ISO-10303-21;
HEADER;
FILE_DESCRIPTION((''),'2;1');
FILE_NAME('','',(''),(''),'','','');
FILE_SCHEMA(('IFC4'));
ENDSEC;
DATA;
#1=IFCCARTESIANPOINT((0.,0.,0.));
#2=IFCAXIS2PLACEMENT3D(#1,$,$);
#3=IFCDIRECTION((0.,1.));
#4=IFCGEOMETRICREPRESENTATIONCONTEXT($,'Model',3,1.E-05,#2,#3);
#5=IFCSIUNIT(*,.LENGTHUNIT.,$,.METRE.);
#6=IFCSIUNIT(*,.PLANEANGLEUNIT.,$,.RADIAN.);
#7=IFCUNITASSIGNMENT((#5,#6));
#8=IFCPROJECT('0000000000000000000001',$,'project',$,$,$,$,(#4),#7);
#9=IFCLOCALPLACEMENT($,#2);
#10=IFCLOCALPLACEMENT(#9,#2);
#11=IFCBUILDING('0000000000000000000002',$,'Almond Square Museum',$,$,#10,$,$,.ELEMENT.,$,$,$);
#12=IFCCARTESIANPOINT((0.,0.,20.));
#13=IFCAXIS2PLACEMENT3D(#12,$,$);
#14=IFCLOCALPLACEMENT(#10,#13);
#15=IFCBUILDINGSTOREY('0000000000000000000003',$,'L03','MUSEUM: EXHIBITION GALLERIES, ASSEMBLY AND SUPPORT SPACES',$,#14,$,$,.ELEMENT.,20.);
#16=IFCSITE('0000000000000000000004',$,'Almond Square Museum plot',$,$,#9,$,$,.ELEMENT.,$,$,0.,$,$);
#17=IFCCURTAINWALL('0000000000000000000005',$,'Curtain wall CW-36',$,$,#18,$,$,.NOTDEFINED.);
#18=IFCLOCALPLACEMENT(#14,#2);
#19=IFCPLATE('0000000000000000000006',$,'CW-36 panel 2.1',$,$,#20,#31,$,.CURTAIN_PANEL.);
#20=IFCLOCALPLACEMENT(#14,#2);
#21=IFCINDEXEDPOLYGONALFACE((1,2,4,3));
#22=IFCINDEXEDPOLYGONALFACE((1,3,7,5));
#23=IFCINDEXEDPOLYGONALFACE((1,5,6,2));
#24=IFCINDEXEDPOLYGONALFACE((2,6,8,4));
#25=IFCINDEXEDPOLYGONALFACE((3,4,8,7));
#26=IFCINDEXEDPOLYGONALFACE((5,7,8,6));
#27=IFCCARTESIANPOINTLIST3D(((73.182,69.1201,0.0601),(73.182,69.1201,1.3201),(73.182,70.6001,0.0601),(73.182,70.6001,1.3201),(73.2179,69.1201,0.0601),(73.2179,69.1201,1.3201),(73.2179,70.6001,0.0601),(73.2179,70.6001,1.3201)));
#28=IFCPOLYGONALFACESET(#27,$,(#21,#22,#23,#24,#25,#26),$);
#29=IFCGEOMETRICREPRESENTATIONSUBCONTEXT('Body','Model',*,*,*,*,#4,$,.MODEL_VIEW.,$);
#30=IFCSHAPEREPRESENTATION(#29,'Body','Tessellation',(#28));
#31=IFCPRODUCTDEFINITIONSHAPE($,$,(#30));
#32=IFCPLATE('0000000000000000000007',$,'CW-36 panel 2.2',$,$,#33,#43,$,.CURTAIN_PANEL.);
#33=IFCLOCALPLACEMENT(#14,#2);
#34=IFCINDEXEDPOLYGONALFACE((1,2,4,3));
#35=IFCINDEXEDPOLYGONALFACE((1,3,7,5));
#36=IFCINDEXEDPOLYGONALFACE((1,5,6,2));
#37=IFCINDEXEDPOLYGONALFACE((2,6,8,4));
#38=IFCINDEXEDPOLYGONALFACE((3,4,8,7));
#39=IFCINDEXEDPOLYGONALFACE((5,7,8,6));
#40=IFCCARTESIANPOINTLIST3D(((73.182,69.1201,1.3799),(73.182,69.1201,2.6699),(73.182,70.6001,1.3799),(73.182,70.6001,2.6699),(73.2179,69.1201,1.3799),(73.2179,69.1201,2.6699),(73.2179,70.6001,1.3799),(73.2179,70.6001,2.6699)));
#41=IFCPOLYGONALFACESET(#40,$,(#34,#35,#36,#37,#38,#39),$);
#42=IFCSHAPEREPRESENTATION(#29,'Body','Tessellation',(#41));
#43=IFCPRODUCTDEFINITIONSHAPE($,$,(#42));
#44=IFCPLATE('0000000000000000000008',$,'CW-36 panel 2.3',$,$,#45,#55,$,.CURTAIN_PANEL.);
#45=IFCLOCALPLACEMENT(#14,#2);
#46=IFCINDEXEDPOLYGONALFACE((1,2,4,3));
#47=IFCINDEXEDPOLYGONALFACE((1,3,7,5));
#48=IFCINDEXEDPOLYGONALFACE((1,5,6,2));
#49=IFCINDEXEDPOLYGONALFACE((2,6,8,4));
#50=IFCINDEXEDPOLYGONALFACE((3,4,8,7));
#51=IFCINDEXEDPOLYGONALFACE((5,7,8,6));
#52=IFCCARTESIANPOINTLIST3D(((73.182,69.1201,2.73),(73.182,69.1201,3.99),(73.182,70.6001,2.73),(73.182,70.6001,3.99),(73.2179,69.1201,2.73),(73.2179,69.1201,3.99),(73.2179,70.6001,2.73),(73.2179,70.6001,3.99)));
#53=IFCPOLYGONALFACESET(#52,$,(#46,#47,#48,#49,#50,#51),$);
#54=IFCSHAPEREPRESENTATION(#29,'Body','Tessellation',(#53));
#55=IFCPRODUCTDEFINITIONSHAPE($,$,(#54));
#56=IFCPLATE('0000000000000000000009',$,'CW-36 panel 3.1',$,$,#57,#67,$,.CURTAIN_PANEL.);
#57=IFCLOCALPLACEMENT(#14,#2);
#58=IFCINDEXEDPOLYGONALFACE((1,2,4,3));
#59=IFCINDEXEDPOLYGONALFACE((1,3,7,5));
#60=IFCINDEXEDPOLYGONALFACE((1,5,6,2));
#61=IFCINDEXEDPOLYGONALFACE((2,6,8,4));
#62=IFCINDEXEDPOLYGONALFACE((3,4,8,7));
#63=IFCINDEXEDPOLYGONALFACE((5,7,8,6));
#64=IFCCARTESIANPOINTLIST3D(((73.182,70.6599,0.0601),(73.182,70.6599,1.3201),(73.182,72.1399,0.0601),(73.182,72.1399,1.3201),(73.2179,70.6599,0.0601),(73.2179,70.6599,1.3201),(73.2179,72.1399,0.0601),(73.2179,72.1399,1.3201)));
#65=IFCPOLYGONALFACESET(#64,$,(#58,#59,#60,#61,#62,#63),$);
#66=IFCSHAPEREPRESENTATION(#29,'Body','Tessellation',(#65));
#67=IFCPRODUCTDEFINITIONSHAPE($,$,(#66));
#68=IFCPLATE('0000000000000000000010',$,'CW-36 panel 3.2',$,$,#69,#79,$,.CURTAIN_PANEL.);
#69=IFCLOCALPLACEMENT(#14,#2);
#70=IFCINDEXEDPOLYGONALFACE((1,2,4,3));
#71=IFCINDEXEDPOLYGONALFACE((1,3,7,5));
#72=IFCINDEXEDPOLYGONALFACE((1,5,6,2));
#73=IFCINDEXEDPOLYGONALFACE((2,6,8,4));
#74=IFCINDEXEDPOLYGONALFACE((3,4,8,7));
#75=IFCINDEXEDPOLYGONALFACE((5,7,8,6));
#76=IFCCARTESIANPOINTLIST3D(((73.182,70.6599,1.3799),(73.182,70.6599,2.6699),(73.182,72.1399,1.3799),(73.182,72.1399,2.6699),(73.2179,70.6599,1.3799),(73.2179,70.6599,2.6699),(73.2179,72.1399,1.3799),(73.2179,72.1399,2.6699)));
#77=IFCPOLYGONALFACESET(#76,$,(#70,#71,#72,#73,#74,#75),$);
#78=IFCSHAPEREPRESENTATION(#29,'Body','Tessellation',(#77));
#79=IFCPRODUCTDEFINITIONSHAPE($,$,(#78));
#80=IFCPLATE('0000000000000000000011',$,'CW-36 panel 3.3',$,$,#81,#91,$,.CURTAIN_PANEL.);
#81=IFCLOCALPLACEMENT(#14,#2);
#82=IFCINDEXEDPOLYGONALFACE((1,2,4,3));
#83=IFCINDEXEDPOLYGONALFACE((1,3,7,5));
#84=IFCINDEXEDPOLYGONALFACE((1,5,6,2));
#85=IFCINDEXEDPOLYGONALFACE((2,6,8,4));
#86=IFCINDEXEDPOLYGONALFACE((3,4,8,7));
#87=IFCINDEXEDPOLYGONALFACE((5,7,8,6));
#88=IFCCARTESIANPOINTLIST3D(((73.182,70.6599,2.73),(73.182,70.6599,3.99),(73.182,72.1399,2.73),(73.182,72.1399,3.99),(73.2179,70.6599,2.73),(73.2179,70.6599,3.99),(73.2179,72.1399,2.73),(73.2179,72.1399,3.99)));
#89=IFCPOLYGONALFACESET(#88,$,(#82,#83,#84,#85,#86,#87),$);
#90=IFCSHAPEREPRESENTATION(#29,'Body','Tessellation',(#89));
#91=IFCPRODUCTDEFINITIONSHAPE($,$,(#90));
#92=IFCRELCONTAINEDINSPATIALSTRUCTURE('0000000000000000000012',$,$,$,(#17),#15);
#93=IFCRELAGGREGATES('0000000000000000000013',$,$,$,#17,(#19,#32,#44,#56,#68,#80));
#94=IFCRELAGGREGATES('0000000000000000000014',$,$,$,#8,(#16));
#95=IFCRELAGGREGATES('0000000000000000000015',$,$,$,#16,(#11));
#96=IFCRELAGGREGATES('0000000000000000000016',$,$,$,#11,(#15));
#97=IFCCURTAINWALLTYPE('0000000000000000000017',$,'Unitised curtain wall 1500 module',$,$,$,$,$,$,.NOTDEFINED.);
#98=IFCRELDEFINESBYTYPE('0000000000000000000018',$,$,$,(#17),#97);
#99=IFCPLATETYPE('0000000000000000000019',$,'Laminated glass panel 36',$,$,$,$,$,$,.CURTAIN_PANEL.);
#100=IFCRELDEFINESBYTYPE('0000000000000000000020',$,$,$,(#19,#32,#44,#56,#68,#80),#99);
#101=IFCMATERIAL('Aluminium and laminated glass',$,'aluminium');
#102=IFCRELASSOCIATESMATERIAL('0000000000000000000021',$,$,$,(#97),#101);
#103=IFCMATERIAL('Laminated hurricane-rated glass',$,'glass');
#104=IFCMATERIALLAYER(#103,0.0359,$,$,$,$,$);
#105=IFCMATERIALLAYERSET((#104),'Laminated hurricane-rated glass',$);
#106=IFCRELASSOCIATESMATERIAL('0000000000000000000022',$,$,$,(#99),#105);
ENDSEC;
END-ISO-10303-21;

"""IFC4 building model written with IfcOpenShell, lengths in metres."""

from ifc_helpers import new_model, si_unit, direction, frame, origin, origin_2d, place, context, subcontext, project, spatial, rectangle, extrude, material, layer, layer_set, type_object, element, aggregate, save


model = new_model("IFC4")

# Units and contexts
model_context = context("Model", 3, precision=1e-05, world=origin(), true_north=direction((0.0, 1.0)))
body_context = subcontext(model_context, "Body", "Model", "MODEL_VIEW")
ifc_project = project(units=[si_unit("LENGTHUNIT", "METRE"), si_unit("PLANEANGLEUNIT", "RADIAN")], contexts=[model_context])

# Site, building, storey
site_placement = place(None, origin())
site = spatial("IfcSite", under=ifc_project, at=site_placement, Name="Almond Square Museum plot", CompositionType="ELEMENT", RefElevation=0.0)
building_placement = place(site_placement, origin())
building = spatial("IfcBuilding", under=site, at=building_placement, Name="Almond Square Museum", CompositionType="ELEMENT")
storey_placement = place(building_placement, frame((0.0, 0.0, 20.0)))
storey = spatial("IfcBuildingStorey", under=building, at=storey_placement, Name="L03", Description="MUSEUM: EXHIBITION GALLERIES, ASSEMBLY AND SUPPORT SPACES", CompositionType="ELEMENT", Elevation=20.0)

# Curtain wall, plates
ifc_material_1 = material(Name="Aluminium and laminated glass", Category="aluminium")
curtain_wall_type = type_object("IfcCurtainWallType", Name="Unitised curtain wall 1500 module", PredefinedType="NOTDEFINED", material=ifc_material_1)
curtain_wall_placement = place(storey_placement, origin())
curtain_wall = element("IfcCurtainWall", 1, at=curtain_wall_placement, inside=storey, type_object=curtain_wall_type, Name="Curtain wall CW-36", PredefinedType="NOTDEFINED")
ifc_material_2 = material(Name="Laminated hurricane-rated glass", Category="glass")
ifc_layer = layer(ifc_material_2, 0.0359)
ifc_layer_set = layer_set([ifc_layer], Name="Laminated hurricane-rated glass")
plate_type = type_object("IfcPlateType", Name="Laminated glass panel 36", PredefinedType="CURTAIN_PANEL", material=ifc_layer_set)
plate_1_placement = place(storey_placement, frame((73.2, 69.8601, 0.0601), z_axis=(0.0, 0.0, 1.0), x_axis=(0.0, 1.0, 0.0)))
plate_1 = element("IfcPlate", 2, at=plate_1_placement, type_object=plate_type, Name="CW-36 panel 2.1", PredefinedType="CURTAIN_PANEL", context=body_context, shape_type="SweptSolid", body=[
    extrude(rectangle(XDim=1.48, YDim=0.0359, at=origin_2d()), origin(), (0.0, 0.0, 1.0), 1.26),
])
plate_2_placement = place(storey_placement, frame((73.2, 69.8601, 1.3799), z_axis=(0.0, 0.0, 1.0), x_axis=(0.0, 1.0, 0.0)))
plate_2 = element("IfcPlate", 3, at=plate_2_placement, type_object=plate_type, Name="CW-36 panel 2.2", PredefinedType="CURTAIN_PANEL", context=body_context, shape_type="SweptSolid", body=[
    extrude(rectangle(XDim=1.48, YDim=0.0359, at=origin_2d()), origin(), (0.0, 0.0, 1.0), 1.29),
])
plate_3_placement = place(storey_placement, frame((73.2, 69.8601, 2.73), z_axis=(0.0, 0.0, 1.0), x_axis=(0.0, 1.0, 0.0)))
plate_3 = element("IfcPlate", 4, at=plate_3_placement, type_object=plate_type, Name="CW-36 panel 2.3", PredefinedType="CURTAIN_PANEL", context=body_context, shape_type="SweptSolid", body=[
    extrude(rectangle(XDim=1.48, YDim=0.0359, at=origin_2d()), origin(), (0.0, 0.0, 1.0), 1.26),
])
plate_4_placement = place(storey_placement, frame((73.2, 71.3999, 0.0601), z_axis=(0.0, 0.0, 1.0), x_axis=(0.0, 1.0, 0.0)))
plate_4 = element("IfcPlate", 5, at=plate_4_placement, type_object=plate_type, Name="CW-36 panel 3.1", PredefinedType="CURTAIN_PANEL", context=body_context, shape_type="SweptSolid", body=[
    extrude(rectangle(XDim=1.48, YDim=0.0359, at=origin_2d()), origin(), (0.0, 0.0, 1.0), 1.26),
])
plate_5_placement = place(storey_placement, frame((73.2, 71.3999, 1.3799), z_axis=(0.0, 0.0, 1.0), x_axis=(0.0, 1.0, 0.0)))
plate_5 = element("IfcPlate", 6, at=plate_5_placement, type_object=plate_type, Name="CW-36 panel 3.2", PredefinedType="CURTAIN_PANEL", context=body_context, shape_type="SweptSolid", body=[
    extrude(rectangle(XDim=1.48, YDim=0.0359, at=origin_2d()), origin(), (0.0, 0.0, 1.0), 1.29),
])
plate_6_placement = place(storey_placement, frame((73.2, 71.3999, 2.73), z_axis=(0.0, 0.0, 1.0), x_axis=(0.0, 1.0, 0.0)))
plate_6 = element("IfcPlate", 7, at=plate_6_placement, type_object=plate_type, Name="CW-36 panel 3.3", PredefinedType="CURTAIN_PANEL", context=body_context, shape_type="SweptSolid", body=[
    extrude(rectangle(XDim=1.48, YDim=0.0359, at=origin_2d()), origin(), (0.0, 0.0, 1.0), 1.26),
])
aggregate(curtain_wall, [plate_1, plate_2, plate_3, plate_4, plate_5, plate_6])

save(model, "model.ifc")
